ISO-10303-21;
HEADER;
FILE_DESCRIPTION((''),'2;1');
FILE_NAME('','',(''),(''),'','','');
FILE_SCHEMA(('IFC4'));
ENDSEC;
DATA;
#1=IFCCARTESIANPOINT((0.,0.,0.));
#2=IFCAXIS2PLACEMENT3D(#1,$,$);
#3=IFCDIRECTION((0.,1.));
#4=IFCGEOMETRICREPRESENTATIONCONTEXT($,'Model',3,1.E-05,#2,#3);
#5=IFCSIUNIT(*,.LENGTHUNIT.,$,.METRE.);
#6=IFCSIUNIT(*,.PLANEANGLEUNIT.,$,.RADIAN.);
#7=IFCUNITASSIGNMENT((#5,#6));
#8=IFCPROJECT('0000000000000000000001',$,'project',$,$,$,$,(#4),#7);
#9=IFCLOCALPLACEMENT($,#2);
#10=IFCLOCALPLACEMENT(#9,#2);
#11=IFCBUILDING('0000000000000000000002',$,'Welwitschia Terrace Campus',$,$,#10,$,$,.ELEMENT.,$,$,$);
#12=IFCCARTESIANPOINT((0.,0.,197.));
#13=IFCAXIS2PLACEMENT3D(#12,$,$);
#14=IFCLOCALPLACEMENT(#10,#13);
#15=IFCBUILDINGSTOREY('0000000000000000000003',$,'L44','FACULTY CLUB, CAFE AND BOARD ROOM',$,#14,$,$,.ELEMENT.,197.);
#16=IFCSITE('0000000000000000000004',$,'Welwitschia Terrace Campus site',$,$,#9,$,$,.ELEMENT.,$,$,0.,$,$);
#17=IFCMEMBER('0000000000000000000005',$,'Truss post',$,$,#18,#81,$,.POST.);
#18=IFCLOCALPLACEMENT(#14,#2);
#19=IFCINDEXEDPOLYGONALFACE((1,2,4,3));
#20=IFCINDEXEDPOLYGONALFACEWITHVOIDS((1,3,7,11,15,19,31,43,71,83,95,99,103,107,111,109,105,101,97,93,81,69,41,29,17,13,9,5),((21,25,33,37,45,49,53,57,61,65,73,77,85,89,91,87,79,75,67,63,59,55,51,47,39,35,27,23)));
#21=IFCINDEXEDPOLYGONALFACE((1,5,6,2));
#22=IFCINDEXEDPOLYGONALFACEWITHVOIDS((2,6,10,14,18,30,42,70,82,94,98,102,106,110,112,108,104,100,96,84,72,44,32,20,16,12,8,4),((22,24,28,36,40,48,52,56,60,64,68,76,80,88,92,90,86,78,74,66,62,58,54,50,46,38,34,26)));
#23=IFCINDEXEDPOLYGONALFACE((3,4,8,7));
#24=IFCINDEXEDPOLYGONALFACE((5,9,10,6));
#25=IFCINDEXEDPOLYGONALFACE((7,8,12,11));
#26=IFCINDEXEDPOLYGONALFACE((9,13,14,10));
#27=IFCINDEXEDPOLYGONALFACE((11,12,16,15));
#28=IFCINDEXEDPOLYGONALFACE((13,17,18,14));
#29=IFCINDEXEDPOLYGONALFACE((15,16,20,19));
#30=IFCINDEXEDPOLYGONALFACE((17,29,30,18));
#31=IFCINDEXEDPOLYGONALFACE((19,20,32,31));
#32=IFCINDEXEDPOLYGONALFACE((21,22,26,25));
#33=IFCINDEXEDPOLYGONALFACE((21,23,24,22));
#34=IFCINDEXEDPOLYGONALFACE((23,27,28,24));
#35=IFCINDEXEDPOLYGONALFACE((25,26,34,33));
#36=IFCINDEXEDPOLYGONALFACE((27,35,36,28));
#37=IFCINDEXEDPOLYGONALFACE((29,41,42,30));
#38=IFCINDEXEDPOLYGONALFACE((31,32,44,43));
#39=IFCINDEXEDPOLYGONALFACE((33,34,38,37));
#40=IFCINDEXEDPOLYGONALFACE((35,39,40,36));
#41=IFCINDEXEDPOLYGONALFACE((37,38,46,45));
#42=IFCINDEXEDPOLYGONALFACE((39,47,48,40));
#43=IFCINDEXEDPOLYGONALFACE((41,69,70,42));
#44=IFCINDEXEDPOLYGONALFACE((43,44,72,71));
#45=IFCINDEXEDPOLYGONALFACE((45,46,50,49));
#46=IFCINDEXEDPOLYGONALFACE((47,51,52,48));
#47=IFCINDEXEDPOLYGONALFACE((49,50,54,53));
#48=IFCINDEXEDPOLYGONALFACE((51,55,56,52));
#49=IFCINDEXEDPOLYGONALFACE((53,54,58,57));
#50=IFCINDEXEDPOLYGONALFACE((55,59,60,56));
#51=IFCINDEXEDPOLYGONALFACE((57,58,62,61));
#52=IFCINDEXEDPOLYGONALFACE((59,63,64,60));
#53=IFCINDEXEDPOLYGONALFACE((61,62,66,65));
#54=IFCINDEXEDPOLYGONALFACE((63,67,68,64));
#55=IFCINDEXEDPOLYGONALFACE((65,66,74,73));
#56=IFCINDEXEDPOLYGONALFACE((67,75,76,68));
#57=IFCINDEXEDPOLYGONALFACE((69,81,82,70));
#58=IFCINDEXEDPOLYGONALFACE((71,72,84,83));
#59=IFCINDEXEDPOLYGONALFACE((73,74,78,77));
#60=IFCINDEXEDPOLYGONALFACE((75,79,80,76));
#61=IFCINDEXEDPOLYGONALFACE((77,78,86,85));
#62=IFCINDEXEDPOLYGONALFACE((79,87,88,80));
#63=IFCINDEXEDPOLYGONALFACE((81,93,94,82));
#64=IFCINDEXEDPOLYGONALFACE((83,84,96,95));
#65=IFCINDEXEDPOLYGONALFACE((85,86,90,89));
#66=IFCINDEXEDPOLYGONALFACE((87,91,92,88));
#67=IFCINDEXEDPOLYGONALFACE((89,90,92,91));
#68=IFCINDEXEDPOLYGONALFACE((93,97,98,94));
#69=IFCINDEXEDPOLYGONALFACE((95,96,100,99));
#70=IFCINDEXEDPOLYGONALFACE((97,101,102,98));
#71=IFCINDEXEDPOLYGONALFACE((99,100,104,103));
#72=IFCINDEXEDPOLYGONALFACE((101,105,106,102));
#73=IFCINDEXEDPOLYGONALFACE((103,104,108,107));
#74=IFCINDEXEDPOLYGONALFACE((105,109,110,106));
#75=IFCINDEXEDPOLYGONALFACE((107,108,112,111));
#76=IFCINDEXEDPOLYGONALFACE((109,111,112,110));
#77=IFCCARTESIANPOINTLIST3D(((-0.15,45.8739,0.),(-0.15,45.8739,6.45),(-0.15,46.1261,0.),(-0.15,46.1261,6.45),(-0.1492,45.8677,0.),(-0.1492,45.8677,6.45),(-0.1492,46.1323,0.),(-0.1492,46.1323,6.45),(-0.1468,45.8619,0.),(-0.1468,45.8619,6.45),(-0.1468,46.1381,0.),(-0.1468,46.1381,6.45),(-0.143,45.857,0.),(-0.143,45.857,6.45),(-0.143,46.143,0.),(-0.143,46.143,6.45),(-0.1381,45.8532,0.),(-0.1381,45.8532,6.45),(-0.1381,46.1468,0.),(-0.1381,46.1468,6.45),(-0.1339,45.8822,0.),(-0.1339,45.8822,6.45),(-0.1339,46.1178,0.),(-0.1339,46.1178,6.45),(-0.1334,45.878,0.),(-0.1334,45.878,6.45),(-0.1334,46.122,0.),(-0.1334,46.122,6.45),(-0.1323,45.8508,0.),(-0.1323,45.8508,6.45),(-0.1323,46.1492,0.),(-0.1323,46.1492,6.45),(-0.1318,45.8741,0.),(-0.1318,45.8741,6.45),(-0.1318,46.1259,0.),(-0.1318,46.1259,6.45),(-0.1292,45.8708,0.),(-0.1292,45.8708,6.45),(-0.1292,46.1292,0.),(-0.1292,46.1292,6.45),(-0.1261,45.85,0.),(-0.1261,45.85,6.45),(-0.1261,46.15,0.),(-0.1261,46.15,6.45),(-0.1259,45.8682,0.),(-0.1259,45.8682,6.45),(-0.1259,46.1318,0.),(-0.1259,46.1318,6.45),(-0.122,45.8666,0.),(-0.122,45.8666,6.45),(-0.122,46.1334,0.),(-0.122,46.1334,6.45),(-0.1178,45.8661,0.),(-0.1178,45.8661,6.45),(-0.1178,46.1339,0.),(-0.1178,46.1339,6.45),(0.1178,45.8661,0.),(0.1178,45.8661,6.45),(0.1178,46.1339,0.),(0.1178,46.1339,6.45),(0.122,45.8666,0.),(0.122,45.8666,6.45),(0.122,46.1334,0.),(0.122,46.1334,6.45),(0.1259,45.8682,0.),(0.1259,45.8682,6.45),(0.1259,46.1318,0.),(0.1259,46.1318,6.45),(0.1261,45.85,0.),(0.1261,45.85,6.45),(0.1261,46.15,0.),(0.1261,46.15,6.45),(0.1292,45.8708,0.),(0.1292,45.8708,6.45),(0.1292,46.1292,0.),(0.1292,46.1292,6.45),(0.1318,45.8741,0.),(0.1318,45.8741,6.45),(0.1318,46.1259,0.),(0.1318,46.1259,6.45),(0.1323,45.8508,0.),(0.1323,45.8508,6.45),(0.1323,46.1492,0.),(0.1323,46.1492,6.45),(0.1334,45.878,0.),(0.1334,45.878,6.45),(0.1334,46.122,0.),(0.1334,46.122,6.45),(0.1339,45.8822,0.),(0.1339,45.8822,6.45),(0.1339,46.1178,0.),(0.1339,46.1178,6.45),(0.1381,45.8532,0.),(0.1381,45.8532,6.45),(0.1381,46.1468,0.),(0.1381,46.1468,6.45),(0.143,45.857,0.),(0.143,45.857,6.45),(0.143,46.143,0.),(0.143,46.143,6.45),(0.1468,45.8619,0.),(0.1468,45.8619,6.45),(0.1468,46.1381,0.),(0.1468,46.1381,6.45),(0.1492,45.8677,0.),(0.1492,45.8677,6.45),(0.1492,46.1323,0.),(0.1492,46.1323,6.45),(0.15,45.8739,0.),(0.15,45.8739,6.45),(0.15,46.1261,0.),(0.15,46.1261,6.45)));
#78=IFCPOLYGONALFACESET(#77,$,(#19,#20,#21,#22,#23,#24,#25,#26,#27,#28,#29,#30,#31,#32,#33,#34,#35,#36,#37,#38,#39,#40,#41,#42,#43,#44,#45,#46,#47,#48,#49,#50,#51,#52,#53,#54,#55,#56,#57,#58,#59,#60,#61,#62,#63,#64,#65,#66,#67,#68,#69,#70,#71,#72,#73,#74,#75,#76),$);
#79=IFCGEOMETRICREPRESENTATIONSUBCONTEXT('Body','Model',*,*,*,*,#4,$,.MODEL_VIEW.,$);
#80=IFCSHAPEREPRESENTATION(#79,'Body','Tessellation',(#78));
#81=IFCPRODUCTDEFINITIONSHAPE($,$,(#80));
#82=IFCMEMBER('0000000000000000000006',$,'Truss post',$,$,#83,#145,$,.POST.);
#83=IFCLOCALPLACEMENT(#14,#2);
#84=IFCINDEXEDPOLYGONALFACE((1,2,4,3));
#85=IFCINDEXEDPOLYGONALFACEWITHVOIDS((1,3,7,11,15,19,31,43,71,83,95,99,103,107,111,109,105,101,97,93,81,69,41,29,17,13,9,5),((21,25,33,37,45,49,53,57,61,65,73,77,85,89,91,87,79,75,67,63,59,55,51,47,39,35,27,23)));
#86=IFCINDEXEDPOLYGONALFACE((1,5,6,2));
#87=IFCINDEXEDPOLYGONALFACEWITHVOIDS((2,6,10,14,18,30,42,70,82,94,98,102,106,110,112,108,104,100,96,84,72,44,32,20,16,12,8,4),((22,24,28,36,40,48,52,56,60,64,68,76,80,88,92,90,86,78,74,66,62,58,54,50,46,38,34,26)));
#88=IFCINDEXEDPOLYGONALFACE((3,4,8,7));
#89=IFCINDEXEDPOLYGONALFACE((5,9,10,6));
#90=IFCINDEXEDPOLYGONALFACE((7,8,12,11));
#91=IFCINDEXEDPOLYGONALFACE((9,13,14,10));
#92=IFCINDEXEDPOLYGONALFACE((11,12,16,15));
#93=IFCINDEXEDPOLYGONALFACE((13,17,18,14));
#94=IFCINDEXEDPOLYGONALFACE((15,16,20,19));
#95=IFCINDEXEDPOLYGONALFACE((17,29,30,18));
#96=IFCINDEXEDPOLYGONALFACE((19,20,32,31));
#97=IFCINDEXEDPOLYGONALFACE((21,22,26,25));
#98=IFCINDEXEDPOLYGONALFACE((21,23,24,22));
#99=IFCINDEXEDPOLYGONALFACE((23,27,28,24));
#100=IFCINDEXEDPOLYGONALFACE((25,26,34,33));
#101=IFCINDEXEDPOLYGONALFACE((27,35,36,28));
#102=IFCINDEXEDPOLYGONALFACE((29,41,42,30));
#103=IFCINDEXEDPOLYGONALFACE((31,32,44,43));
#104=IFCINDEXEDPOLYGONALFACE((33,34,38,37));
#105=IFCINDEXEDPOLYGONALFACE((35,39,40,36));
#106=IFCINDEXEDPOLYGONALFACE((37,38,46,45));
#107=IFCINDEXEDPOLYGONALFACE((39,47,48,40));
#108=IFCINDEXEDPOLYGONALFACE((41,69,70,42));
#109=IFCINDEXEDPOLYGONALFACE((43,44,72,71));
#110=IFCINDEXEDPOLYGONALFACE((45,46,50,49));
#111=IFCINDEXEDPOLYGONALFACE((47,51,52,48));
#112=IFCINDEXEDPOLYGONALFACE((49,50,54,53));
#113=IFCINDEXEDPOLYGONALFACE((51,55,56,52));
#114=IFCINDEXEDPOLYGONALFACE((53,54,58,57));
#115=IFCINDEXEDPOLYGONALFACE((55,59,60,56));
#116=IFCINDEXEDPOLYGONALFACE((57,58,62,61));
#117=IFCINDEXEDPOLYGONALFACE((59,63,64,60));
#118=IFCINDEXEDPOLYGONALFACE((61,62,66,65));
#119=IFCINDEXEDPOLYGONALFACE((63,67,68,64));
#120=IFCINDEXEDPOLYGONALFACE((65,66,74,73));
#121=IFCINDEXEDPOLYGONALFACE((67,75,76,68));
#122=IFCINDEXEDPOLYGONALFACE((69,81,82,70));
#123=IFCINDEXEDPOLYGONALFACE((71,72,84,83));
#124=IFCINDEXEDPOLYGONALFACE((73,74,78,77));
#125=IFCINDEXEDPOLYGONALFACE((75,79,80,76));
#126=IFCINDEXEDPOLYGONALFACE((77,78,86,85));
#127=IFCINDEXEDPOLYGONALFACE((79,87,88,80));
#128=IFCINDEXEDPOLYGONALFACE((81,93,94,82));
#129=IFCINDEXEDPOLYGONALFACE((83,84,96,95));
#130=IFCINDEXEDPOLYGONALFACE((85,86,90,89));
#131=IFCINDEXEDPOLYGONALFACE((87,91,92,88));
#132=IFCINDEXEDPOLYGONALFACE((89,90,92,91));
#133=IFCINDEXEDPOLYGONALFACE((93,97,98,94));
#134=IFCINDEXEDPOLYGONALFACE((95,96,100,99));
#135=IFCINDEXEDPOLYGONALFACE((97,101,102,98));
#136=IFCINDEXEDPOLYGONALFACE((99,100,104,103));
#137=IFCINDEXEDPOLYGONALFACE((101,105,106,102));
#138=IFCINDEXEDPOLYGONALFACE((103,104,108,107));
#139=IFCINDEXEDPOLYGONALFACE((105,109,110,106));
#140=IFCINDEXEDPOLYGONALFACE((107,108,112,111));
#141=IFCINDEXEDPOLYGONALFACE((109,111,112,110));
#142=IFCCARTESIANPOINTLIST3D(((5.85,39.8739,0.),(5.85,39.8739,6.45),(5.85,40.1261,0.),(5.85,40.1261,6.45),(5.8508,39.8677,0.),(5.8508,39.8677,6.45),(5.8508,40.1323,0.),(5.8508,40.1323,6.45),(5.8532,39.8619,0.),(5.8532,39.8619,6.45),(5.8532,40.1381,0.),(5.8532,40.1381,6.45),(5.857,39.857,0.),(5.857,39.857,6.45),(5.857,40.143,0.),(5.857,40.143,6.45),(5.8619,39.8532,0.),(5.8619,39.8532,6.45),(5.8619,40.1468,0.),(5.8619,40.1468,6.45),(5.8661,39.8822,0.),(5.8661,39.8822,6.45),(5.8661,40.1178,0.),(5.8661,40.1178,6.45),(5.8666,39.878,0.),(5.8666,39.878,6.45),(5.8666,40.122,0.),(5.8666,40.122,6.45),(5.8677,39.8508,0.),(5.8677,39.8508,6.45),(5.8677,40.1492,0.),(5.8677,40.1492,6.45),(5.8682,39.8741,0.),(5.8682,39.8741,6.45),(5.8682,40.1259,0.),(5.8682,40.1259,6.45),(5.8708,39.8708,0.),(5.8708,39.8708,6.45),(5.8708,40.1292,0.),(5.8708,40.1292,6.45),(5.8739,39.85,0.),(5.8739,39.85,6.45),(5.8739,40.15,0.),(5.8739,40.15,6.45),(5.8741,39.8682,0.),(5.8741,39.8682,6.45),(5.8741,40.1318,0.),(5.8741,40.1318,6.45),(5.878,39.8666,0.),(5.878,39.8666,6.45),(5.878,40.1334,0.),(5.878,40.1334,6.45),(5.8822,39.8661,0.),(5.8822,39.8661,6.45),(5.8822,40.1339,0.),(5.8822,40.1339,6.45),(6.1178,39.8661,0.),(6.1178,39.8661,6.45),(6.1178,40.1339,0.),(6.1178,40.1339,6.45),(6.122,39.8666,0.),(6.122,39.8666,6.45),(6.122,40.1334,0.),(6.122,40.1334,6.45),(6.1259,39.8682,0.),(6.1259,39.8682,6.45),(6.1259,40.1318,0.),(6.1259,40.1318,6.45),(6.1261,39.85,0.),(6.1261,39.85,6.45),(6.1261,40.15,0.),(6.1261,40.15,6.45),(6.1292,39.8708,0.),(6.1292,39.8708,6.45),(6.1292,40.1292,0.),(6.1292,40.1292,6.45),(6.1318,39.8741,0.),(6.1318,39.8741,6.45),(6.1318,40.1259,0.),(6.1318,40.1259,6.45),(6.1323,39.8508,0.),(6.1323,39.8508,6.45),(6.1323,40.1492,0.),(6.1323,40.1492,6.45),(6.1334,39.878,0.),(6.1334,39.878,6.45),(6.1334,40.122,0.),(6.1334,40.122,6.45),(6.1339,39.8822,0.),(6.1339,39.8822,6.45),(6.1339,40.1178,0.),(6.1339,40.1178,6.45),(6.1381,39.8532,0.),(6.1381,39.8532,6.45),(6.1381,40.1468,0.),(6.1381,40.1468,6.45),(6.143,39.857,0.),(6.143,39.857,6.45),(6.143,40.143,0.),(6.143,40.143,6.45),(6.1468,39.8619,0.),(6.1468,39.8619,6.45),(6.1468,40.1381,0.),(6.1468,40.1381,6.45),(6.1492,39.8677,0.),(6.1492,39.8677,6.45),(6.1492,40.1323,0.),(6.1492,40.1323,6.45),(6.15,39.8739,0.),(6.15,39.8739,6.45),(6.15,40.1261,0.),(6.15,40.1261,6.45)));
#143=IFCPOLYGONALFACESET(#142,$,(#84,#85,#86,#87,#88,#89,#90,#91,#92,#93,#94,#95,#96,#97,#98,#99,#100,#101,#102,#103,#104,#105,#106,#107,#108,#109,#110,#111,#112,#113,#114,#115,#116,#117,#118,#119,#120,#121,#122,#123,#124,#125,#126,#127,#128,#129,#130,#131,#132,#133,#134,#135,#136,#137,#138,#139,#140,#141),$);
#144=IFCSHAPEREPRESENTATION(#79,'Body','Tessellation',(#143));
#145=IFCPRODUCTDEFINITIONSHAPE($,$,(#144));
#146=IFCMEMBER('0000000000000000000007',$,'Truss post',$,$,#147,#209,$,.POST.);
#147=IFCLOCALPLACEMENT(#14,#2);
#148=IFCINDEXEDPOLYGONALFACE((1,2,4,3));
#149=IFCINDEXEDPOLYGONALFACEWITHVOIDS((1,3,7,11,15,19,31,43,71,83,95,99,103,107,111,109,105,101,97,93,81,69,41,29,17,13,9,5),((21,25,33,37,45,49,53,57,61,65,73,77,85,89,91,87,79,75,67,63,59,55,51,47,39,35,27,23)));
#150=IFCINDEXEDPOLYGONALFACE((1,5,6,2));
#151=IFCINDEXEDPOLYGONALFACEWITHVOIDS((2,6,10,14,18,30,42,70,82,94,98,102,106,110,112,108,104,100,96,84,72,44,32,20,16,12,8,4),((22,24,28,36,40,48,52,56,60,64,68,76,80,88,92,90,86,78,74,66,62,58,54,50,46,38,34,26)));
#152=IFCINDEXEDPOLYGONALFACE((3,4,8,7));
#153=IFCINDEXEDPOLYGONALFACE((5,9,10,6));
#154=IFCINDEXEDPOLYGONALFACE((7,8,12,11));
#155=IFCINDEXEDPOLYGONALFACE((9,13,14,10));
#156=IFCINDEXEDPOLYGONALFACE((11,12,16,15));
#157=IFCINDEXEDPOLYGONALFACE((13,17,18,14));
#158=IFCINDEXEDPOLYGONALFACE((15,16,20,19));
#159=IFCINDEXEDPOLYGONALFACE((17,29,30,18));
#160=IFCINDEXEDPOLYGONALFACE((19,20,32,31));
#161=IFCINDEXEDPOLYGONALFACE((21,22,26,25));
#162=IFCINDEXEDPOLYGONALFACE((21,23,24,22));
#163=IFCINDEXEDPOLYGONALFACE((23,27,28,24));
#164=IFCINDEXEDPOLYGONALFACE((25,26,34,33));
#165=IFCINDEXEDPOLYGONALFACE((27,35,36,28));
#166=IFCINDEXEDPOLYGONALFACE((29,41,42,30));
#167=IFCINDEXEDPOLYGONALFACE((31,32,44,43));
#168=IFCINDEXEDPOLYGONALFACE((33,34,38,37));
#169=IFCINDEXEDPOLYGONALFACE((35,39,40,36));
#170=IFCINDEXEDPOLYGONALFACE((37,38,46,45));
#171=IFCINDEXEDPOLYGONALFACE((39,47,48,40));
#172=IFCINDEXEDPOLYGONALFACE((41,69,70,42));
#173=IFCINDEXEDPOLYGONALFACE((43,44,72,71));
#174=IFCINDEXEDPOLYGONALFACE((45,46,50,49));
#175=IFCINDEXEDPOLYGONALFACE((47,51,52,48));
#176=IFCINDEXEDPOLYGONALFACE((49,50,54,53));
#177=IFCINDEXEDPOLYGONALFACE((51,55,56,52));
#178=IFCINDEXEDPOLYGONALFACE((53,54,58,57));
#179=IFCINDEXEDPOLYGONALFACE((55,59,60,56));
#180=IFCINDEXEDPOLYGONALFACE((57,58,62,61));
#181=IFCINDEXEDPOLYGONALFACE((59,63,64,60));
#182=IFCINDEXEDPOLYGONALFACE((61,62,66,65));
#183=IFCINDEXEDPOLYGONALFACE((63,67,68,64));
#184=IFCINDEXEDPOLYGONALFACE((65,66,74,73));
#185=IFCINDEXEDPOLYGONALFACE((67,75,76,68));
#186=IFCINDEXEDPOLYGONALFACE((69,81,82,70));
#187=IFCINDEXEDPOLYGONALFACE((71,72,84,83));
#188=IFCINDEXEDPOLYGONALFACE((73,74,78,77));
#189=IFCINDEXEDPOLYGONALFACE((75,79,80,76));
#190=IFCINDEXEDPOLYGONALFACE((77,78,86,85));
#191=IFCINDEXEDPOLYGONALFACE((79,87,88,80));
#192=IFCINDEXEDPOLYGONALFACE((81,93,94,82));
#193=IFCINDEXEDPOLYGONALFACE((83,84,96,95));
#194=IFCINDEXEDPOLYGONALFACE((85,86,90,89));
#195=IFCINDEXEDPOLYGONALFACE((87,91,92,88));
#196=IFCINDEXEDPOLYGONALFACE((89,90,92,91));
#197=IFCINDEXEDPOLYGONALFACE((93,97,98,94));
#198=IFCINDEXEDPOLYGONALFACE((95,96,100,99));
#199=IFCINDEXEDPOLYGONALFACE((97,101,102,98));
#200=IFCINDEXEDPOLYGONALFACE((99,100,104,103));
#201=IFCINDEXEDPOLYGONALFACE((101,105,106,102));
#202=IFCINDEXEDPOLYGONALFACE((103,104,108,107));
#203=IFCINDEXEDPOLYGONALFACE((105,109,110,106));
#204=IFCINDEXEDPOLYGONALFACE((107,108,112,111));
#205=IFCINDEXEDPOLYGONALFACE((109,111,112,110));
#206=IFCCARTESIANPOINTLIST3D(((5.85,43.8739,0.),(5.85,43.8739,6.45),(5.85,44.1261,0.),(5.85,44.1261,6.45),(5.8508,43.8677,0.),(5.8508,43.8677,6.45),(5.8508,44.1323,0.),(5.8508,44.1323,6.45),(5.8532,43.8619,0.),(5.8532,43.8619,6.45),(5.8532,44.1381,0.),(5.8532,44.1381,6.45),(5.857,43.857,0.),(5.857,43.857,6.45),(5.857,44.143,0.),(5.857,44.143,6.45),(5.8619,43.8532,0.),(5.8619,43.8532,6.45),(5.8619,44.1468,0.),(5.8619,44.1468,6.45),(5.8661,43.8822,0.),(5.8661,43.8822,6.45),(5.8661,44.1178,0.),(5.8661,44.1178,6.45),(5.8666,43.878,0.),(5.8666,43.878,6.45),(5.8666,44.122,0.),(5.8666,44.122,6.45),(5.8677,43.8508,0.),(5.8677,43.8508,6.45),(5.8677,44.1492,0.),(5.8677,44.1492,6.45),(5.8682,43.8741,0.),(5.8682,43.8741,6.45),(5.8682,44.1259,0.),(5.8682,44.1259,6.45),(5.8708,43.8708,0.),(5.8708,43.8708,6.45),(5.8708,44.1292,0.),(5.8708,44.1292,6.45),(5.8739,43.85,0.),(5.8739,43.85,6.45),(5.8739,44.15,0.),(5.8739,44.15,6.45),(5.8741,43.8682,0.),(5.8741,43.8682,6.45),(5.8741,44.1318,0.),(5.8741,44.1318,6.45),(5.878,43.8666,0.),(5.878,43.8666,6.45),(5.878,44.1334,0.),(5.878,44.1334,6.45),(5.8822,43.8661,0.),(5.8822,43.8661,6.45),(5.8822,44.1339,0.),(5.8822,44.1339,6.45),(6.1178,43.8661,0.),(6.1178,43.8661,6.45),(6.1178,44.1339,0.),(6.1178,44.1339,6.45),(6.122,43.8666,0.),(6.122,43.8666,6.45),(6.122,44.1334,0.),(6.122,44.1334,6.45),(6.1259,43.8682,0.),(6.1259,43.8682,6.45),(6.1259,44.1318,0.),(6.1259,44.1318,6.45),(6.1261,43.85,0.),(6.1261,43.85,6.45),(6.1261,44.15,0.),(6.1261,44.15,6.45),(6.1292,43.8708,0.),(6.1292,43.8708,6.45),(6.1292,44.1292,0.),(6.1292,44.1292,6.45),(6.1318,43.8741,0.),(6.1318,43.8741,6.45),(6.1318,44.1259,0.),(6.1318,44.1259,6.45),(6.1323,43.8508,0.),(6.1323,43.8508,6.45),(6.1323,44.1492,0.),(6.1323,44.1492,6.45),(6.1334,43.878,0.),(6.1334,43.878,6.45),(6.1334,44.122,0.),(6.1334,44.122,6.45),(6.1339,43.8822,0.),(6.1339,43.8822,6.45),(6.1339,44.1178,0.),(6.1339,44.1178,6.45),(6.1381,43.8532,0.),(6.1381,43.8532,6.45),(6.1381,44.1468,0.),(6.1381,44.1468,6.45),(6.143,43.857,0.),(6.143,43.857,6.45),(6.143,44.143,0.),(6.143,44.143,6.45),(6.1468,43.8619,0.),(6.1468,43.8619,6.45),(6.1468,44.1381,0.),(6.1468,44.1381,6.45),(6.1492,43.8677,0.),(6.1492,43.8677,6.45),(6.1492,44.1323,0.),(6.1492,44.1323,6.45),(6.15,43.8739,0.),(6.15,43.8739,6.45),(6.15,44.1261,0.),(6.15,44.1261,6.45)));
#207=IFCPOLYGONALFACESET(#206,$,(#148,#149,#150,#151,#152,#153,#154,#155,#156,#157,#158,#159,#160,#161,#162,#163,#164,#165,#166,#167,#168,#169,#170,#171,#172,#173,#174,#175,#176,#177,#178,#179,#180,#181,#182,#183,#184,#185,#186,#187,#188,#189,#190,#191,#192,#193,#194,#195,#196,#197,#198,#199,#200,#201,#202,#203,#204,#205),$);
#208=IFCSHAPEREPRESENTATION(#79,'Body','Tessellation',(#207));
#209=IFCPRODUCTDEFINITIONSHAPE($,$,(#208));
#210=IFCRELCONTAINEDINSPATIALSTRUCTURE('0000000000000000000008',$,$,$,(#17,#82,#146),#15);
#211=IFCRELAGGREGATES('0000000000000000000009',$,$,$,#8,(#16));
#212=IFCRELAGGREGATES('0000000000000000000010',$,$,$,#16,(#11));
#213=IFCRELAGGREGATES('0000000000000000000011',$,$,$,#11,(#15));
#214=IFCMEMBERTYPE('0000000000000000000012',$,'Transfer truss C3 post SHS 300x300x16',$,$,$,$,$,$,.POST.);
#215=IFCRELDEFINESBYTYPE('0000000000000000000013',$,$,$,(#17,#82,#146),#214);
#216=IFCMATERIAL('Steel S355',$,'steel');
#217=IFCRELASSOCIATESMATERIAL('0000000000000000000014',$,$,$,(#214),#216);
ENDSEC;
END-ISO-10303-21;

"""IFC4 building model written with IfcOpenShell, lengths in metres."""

from ifc_helpers import new_model, si_unit, direction, frame, origin, origin_2d, place, context, subcontext, project, spatial, hollow_rectangle, extrude, material, material_profile, profile_set, type_object, element, save


model = new_model("IFC4")

# Units and contexts
model_context = context("Model", 3, precision=1e-05, world=origin(), true_north=direction((0.0, 1.0)))
body_context = subcontext(model_context, "Body", "Model", "MODEL_VIEW")
ifc_project = project(units=[si_unit("LENGTHUNIT", "METRE"), si_unit("PLANEANGLEUNIT", "RADIAN")], contexts=[model_context])

# Site, building, storey
site_placement = place(None, origin())
site = spatial("IfcSite", under=ifc_project, at=site_placement, Name="Welwitschia Terrace Campus site", CompositionType="ELEMENT", RefElevation=0.0)
building_placement = place(site_placement, origin())
building = spatial("IfcBuilding", under=site, at=building_placement, Name="Welwitschia Terrace Campus", CompositionType="ELEMENT")
storey_placement = place(building_placement, frame((0.0, 0.0, 197.0)))
storey = spatial("IfcBuildingStorey", under=building, at=storey_placement, Name="L44", Description="FACULTY CLUB, CAFE AND BOARD ROOM", CompositionType="ELEMENT", Elevation=197.0)

# Members
ifc_material_1 = material(Name="Steel S355", Category="steel")
ifc_material_profile_1 = material_profile(ifc_material_1, hollow_rectangle(XDim=0.3, YDim=0.3, WallThickness=0.0161, InnerFilletRadius=0.0161, OuterFilletRadius=0.0239, at=origin_2d()))
ifc_profile_set_1 = profile_set([ifc_material_profile_1], Name="Steel S355")
member_type_1 = type_object("IfcMemberType", Name="Transfer truss C3 post SHS 300x300x16", PredefinedType="POST", material=ifc_profile_set_1)
for number, where, z_axis, x_axis, name in (
    (1, (0.0, 46.0, 0.0), (0.0, 0.0, 1.0), (1.0, 0.0, 0.0), "Truss post"),
    (2, (6.0, 40.0, 0.0), (0.0, 0.0, 1.0), (1.0, 0.0, 0.0), "Truss post"),
    (3, (6.0, 44.0, 0.0), (0.0, 0.0, 1.0), (1.0, 0.0, 0.0), "Truss post"),
):
    element("IfcMember", number, at=place(storey_placement, frame(where, z_axis=z_axis, x_axis=x_axis)), inside=storey, type_object=member_type_1, Name=name, PredefinedType="POST", context=body_context, shape_type="SweptSolid", body=[
        extrude(hollow_rectangle(XDim=0.3, YDim=0.3, WallThickness=0.0161, InnerFilletRadius=0.0161, OuterFilletRadius=0.0239, at=origin_2d()), origin(), (0.0, 0.0, 1.0), 6.45),
    ])

save(model, "model.ifc")
